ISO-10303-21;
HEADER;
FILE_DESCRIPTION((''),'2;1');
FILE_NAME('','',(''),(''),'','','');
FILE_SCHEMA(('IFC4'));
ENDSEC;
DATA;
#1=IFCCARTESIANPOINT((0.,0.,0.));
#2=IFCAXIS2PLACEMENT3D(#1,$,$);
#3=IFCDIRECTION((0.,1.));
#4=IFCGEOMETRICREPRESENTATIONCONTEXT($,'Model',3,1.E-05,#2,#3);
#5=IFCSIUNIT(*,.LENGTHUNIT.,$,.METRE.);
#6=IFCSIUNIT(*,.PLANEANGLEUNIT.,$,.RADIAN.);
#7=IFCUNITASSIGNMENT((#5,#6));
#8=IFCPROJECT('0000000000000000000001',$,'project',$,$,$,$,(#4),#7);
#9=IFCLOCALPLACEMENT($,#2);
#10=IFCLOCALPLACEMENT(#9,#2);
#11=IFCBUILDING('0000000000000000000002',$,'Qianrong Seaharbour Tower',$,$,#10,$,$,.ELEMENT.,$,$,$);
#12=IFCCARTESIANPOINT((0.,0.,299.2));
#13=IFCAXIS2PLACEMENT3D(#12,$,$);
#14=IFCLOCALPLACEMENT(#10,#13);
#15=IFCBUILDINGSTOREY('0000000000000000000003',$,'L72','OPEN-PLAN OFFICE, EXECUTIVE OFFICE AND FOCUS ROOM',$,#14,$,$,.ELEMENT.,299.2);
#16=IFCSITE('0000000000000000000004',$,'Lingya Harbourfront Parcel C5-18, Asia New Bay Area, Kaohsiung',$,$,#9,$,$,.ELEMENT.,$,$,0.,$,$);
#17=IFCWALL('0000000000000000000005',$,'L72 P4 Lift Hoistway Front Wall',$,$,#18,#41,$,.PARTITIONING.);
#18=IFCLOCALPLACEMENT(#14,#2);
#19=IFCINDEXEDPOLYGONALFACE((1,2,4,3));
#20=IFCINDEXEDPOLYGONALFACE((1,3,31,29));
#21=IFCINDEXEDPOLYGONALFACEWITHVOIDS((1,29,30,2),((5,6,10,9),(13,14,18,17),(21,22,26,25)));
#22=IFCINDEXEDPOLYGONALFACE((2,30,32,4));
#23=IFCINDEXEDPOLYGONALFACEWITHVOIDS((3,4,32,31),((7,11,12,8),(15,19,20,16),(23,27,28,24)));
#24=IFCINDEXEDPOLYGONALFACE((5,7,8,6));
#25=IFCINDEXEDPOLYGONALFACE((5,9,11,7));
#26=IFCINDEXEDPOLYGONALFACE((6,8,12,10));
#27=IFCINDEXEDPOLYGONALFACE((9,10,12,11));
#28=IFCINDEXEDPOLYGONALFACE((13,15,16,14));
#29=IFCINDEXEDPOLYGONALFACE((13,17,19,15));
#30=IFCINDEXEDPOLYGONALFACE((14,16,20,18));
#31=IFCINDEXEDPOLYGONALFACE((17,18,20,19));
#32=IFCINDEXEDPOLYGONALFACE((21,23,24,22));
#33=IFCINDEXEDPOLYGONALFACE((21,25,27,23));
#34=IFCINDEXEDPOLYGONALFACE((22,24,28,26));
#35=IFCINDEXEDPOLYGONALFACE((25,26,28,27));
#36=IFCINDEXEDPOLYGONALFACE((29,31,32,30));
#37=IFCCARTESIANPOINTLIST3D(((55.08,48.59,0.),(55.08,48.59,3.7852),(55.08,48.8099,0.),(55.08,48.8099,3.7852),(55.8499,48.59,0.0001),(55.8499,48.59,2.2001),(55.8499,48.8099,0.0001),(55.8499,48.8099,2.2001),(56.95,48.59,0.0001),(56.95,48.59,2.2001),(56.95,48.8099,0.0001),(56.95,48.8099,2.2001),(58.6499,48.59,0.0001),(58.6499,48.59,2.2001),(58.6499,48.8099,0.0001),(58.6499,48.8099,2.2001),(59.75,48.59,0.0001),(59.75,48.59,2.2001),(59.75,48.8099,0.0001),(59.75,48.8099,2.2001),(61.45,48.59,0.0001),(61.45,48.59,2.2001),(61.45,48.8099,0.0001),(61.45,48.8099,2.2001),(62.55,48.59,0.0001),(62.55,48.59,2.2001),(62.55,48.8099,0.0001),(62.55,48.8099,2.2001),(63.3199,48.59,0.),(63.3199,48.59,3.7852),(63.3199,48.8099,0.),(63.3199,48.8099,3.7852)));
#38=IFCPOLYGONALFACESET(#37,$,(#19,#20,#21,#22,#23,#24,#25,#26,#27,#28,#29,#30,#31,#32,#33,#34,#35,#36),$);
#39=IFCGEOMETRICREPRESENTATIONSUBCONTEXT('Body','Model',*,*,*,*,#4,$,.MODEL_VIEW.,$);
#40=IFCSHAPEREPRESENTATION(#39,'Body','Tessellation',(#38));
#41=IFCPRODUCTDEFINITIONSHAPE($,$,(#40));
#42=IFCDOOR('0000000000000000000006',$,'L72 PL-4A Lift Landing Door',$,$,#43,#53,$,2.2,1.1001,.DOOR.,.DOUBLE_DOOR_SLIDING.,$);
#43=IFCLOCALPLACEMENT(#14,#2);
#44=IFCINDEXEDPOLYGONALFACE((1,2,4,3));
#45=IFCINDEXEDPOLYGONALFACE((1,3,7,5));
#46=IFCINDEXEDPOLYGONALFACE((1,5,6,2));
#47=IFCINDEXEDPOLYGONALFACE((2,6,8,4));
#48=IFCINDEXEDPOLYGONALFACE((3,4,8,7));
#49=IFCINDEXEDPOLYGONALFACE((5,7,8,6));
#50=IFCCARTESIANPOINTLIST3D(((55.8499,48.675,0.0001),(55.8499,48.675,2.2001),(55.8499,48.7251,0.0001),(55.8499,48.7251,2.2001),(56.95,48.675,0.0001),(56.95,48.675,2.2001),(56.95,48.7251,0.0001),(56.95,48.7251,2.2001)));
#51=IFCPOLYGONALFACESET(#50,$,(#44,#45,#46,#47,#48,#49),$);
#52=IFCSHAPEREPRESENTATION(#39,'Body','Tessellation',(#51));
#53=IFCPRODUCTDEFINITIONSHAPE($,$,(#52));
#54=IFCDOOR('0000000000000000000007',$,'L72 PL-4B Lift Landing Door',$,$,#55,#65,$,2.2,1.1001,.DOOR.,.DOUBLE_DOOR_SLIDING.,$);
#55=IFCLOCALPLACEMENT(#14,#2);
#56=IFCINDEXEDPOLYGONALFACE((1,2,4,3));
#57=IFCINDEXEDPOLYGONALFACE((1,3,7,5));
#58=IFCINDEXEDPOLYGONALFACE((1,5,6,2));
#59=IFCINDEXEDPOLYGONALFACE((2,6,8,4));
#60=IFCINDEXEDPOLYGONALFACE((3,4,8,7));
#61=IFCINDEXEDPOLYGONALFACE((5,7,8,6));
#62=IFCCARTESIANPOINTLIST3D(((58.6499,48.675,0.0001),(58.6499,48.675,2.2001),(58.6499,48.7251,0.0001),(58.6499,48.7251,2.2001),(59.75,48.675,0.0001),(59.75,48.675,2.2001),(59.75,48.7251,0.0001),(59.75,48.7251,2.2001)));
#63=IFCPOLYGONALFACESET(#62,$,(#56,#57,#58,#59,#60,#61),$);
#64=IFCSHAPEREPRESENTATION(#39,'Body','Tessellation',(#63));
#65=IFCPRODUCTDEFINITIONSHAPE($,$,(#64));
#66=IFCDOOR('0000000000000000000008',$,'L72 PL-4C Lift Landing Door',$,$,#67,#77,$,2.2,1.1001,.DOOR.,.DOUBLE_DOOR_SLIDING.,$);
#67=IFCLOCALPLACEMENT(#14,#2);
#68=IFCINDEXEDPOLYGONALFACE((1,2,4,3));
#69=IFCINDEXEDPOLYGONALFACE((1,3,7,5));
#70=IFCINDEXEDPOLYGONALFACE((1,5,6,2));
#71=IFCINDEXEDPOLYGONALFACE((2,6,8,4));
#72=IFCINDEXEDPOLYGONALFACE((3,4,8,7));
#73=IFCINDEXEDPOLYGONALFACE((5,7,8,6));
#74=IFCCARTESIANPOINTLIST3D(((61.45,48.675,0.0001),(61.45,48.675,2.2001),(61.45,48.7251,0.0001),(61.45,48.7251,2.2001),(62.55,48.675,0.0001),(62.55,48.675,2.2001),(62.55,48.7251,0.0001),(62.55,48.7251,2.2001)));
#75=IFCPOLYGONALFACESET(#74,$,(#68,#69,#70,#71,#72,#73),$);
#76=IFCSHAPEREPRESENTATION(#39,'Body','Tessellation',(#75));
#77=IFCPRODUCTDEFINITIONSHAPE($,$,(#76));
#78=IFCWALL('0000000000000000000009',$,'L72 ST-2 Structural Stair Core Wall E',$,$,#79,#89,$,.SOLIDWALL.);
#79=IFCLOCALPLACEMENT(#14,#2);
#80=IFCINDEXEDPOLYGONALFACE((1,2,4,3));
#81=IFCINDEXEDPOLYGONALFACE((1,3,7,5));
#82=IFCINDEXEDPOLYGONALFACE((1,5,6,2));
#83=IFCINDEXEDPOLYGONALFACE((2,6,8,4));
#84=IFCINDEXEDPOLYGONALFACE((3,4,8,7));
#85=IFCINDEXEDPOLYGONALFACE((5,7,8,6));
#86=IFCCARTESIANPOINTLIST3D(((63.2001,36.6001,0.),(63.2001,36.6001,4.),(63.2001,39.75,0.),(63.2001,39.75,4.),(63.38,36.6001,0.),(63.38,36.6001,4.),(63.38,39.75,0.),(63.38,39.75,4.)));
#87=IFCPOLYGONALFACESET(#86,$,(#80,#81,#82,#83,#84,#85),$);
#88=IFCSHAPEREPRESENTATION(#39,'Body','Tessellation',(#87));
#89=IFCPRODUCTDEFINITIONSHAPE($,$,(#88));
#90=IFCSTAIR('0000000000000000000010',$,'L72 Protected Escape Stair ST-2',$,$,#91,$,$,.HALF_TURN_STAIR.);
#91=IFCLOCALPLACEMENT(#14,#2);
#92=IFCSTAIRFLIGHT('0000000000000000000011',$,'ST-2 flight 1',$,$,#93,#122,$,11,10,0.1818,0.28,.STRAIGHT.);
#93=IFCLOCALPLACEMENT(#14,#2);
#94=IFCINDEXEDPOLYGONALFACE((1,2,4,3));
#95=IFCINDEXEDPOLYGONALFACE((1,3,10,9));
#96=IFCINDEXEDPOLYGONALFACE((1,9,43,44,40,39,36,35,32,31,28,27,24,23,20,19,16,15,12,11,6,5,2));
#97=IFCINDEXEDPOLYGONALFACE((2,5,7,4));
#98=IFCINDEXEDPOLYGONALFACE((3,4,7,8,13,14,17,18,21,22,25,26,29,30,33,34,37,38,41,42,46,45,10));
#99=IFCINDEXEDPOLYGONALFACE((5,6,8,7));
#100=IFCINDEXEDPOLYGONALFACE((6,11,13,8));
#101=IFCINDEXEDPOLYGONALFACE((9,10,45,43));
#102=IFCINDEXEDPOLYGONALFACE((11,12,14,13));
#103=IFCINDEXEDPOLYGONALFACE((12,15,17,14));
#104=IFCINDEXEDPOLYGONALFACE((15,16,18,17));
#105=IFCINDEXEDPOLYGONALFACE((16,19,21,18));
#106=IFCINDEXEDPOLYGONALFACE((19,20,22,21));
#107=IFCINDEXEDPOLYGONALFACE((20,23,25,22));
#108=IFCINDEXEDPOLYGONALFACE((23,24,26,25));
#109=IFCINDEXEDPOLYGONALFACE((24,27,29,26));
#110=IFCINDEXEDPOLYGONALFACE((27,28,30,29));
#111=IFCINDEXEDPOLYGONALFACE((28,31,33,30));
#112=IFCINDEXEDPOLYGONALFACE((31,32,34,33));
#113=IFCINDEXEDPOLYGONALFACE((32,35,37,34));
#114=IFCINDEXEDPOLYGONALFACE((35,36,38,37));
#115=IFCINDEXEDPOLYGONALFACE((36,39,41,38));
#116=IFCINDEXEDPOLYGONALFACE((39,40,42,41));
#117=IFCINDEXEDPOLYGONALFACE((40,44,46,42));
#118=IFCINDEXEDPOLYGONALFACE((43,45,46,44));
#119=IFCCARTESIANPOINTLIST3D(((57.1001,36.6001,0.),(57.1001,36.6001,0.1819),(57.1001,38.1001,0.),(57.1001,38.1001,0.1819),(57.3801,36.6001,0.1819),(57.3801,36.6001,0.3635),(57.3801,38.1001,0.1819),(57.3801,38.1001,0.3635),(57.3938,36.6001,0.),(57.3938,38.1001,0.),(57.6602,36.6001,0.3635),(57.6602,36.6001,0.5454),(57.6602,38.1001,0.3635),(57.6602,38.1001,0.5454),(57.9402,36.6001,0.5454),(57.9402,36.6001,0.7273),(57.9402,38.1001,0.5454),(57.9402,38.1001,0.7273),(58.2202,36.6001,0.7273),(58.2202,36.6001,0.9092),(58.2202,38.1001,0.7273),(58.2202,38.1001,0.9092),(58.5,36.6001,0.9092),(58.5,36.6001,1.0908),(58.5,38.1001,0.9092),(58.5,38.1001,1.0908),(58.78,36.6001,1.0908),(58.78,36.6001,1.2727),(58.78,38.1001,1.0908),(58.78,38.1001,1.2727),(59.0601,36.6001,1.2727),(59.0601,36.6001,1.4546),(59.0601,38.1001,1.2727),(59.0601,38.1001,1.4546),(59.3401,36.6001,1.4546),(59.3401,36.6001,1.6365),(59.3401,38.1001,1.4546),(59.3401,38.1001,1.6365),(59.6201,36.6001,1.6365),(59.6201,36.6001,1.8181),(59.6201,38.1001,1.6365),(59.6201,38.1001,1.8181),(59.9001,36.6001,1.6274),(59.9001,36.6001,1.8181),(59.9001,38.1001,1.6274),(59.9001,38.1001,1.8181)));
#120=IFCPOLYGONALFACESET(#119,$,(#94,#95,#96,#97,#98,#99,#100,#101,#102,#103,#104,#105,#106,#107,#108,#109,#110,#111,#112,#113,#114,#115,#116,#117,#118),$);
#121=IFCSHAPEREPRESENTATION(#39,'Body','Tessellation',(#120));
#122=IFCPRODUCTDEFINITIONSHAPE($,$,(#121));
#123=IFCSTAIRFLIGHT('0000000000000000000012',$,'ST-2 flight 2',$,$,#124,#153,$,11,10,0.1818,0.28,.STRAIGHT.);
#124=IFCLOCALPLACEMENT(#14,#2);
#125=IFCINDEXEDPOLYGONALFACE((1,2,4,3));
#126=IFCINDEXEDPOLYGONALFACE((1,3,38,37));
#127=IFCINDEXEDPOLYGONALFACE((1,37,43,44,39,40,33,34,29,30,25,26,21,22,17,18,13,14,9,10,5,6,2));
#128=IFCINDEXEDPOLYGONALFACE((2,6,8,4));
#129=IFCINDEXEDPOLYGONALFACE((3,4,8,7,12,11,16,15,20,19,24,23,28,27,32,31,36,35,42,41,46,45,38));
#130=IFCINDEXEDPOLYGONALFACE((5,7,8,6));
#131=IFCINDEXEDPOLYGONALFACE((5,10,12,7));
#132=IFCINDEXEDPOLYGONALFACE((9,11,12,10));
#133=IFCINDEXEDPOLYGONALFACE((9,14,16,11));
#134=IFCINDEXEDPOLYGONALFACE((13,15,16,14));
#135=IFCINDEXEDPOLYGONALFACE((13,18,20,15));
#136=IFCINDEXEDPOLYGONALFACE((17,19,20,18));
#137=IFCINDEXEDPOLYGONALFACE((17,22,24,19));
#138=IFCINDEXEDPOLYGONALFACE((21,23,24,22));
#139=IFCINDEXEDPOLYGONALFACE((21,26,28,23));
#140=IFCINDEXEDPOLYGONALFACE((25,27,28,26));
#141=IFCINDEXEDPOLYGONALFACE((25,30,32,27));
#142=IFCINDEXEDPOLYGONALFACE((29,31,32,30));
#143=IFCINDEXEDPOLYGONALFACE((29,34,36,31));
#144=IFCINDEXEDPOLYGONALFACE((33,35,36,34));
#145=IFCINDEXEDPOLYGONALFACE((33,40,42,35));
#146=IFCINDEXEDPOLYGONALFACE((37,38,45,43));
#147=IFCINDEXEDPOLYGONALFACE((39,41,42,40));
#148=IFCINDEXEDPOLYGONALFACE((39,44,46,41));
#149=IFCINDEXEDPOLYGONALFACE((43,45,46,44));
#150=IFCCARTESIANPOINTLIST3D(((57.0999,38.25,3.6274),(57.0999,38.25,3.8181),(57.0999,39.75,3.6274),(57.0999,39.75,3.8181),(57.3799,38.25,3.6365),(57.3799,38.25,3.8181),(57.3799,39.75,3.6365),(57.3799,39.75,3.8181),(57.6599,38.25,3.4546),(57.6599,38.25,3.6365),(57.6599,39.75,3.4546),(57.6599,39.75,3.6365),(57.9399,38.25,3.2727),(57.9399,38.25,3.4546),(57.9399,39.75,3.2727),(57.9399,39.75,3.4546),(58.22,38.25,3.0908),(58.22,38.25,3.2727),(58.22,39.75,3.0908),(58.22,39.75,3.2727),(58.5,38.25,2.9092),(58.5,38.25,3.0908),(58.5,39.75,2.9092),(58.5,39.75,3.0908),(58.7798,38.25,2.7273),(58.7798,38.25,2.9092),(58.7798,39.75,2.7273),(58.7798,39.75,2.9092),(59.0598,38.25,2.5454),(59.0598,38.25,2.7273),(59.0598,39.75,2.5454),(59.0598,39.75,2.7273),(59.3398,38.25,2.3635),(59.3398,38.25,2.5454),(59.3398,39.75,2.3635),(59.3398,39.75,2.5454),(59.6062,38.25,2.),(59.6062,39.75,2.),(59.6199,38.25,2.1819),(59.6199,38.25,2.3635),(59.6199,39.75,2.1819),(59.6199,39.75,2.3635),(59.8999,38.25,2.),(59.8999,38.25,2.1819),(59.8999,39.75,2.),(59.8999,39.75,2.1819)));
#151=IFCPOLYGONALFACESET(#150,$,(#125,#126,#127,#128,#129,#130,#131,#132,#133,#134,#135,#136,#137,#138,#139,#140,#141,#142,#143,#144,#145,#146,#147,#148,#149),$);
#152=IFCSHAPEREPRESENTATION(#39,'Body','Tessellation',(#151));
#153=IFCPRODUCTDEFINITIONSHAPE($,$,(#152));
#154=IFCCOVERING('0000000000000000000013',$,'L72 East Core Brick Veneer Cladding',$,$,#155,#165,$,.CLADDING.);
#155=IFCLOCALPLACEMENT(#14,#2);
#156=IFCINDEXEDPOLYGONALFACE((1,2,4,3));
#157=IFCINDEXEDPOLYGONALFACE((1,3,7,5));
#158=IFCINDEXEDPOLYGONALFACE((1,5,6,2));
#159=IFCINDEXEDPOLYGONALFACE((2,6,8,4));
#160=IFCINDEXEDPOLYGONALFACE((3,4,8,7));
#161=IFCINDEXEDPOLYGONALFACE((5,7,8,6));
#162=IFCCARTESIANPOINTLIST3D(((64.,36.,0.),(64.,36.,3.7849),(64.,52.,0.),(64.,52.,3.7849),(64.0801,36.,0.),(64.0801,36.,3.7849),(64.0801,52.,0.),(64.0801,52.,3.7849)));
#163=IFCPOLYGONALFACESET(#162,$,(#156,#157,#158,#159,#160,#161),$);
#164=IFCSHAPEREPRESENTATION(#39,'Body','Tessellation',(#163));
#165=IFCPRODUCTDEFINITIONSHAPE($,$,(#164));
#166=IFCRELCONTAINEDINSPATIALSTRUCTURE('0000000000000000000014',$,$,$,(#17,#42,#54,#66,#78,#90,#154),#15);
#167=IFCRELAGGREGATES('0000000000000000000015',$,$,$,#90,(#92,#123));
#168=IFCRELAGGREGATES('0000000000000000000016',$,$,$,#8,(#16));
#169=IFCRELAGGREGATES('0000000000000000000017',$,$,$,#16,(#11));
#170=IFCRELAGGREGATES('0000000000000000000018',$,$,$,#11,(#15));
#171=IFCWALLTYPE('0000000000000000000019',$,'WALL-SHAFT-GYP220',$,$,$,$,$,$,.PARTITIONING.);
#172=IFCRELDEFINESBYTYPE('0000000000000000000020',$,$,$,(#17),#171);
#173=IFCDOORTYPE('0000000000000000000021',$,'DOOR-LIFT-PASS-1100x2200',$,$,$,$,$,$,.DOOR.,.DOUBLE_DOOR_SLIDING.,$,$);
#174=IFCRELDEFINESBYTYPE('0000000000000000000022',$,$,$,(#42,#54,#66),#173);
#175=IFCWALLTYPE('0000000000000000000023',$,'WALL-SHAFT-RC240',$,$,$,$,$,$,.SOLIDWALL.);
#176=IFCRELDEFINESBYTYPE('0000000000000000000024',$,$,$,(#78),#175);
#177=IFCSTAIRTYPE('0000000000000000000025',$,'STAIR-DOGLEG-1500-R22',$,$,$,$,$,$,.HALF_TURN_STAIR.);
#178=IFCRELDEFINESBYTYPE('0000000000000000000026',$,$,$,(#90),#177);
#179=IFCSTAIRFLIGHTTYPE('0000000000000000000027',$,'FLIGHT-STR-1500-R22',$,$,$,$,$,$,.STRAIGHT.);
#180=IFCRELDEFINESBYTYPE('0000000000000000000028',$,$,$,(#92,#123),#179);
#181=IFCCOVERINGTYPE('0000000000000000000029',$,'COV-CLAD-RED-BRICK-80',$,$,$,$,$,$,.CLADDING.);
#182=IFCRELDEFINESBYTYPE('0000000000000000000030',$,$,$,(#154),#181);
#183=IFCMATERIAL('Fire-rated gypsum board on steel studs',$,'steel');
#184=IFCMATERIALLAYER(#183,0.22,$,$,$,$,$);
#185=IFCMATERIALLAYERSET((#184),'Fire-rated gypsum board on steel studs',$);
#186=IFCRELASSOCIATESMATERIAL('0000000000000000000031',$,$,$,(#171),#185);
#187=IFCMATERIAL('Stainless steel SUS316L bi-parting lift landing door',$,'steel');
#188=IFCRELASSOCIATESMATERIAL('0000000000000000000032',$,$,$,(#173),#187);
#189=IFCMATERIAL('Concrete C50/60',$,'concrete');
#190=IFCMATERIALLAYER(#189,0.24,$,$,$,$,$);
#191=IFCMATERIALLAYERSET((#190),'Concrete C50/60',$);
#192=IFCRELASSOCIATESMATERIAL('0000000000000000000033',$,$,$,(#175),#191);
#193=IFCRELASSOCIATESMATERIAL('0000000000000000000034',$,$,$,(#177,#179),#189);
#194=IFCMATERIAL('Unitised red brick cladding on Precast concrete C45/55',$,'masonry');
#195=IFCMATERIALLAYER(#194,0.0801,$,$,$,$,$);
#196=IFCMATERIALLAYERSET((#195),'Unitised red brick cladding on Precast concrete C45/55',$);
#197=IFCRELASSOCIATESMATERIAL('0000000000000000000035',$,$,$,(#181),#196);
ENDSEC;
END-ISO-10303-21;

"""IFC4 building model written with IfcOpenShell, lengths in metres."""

from ifc_helpers import new_model, si_unit, direction, frame, frame_2d, origin, origin_2d, place, context, subcontext, project, spatial, polyline, rectangle, outline, extrude, material, layer, layer_set, type_object, element, fill, aggregate, save


model = new_model("IFC4")

# Units and contexts
model_context = context("Model", 3, precision=1e-05, world=origin(), true_north=direction((0.0, 1.0)))
body_context = subcontext(model_context, "Body", "Model", "MODEL_VIEW")
ifc_project = project(units=[si_unit("LENGTHUNIT", "METRE"), si_unit("PLANEANGLEUNIT", "RADIAN")], contexts=[model_context])

# Site, building, storey
site_placement = place(None, origin())
site = spatial("IfcSite", under=ifc_project, at=site_placement, Name="Lingya Harbourfront Parcel C5-18, Asia New Bay Area, Kaohsiung", CompositionType="ELEMENT", RefElevation=0.0)
building_placement = place(site_placement, origin())
building = spatial("IfcBuilding", under=site, at=building_placement, Name="Qianrong Seaharbour Tower", CompositionType="ELEMENT")
storey_placement = place(building_placement, frame((0.0, 0.0, 299.2)))
storey = spatial("IfcBuildingStorey", under=building, at=storey_placement, Name="L72", Description="OPEN-PLAN OFFICE, EXECUTIVE OFFICE AND FOCUS ROOM", CompositionType="ELEMENT", Elevation=299.2)

# Shared definitions
ifc_material_1 = material(Name="Concrete C50/60", Category="concrete")

# Shared definitions
ifc_material_2 = material(Name="Fire-rated gypsum board on steel studs", Category="steel")

# Wall, openings, doors
ifc_layer_1 = layer(ifc_material_2, 0.22)
ifc_layer_set_1 = layer_set([ifc_layer_1], Name="Fire-rated gypsum board on steel studs")
wall_type_1 = type_object("IfcWallType", Name="WALL-SHAFT-GYP220", PredefinedType="PARTITIONING", material=ifc_layer_set_1)
wall_1_placement = place(storey_placement, frame((63.3201, 48.7, 0.0), z_axis=(0.0, 0.0, 1.0), x_axis=(-1.0, 0.0, 0.0)))
wall_1 = element("IfcWall", 1, at=wall_1_placement, inside=storey, type_object=wall_type_1, Name="L72 P4 Lift Hoistway Front Wall", PredefinedType="PARTITIONING", context=body_context, shape_type="SweptSolid", body=[
    extrude(rectangle(XDim=8.24, YDim=0.22, at=frame_2d((4.1201, 0.0))), origin(), (0.0, 0.0, 1.0), 3.7852),
])
opening_1_placement = place(wall_1_placement, frame((6.3701, 0.0, 0.0)))
opening_1 = element("IfcOpeningElement", 2, at=opening_1_placement, cuts=wall_1, PredefinedType="OPENING", context=body_context, shape_type="SweptSolid", body=[
    extrude(rectangle(XDim=1.1001, YDim=2.2, at=frame_2d((0.55, 1.1001))), frame((0.0, 0.1201, 0.0), z_axis=(0.0, -1.0, 0.0), x_axis=(1.0, 0.0, 0.0)), (0.0, 0.0, 1.0), 0.24),
])
opening_2_placement = place(wall_1_placement, frame((3.5701, 0.0, 0.0)))
opening_2 = element("IfcOpeningElement", 3, at=opening_2_placement, cuts=wall_1, PredefinedType="OPENING", context=body_context, shape_type="SweptSolid", body=[
    extrude(rectangle(XDim=1.1001, YDim=2.2, at=frame_2d((0.55, 1.1001))), frame((0.0, 0.1201, 0.0), z_axis=(0.0, -1.0, 0.0), x_axis=(1.0, 0.0, 0.0)), (0.0, 0.0, 1.0), 0.24),
])
opening_3_placement = place(wall_1_placement, frame((0.77, 0.0, 0.0)))
opening_3 = element("IfcOpeningElement", 4, at=opening_3_placement, cuts=wall_1, PredefinedType="OPENING", context=body_context, shape_type="SweptSolid", body=[
    extrude(rectangle(XDim=1.1001, YDim=2.2, at=frame_2d((0.55, 1.1001))), frame((0.0, 0.1201, 0.0), z_axis=(0.0, -1.0, 0.0), x_axis=(1.0, 0.0, 0.0)), (0.0, 0.0, 1.0), 0.24),
])
ifc_material_3 = material(Name="Stainless steel SUS316L bi-parting lift landing door", Category="steel")
door_type_1 = type_object("IfcDoorType", Name="DOOR-LIFT-PASS-1100x2200", OperationType="DOUBLE_DOOR_SLIDING", PredefinedType="DOOR", material=ifc_material_3)
door_1_placement = place(opening_1_placement, origin())
door_1 = element("IfcDoor", 5, at=door_1_placement, inside=storey, type_object=door_type_1, Name="L72 PL-4A Lift Landing Door", OperationType="DOUBLE_DOOR_SLIDING", OverallHeight=2.2, OverallWidth=1.1001, PredefinedType="DOOR", context=body_context, shape_type="SweptSolid", body=[
    extrude(rectangle(XDim=1.1001, YDim=2.2, at=frame_2d((0.55, 1.1001))), frame((0.0, 0.0249, 0.0), z_axis=(0.0, -1.0, 0.0), x_axis=(1.0, 0.0, 0.0)), (0.0, 0.0, 1.0), 0.05),
])
fill(opening_1, door_1)
door_2_placement = place(opening_2_placement, origin())
door_2 = element("IfcDoor", 6, at=door_2_placement, inside=storey, type_object=door_type_1, Name="L72 PL-4B Lift Landing Door", OperationType="DOUBLE_DOOR_SLIDING", OverallHeight=2.2, OverallWidth=1.1001, PredefinedType="DOOR", context=body_context, shape_type="SweptSolid", body=[
    extrude(rectangle(XDim=1.1001, YDim=2.2, at=frame_2d((0.55, 1.1001))), frame((0.0, 0.0249, 0.0), z_axis=(0.0, -1.0, 0.0), x_axis=(1.0, 0.0, 0.0)), (0.0, 0.0, 1.0), 0.05),
])
fill(opening_2, door_2)
door_3_placement = place(opening_3_placement, origin())
door_3 = element("IfcDoor", 7, at=door_3_placement, inside=storey, type_object=door_type_1, Name="L72 PL-4C Lift Landing Door", OperationType="DOUBLE_DOOR_SLIDING", OverallHeight=2.2, OverallWidth=1.1001, PredefinedType="DOOR", context=body_context, shape_type="SweptSolid", body=[
    extrude(rectangle(XDim=1.1001, YDim=2.2, at=frame_2d((0.55, 1.1001))), frame((0.0, 0.0249, 0.0), z_axis=(0.0, -1.0, 0.0), x_axis=(1.0, 0.0, 0.0)), (0.0, 0.0, 1.0), 0.05),
])
fill(opening_3, door_3)

# Wall
ifc_layer_2 = layer(ifc_material_1, 0.24)
ifc_layer_set_2 = layer_set([ifc_layer_2], Name="Concrete C50/60")
wall_type_2 = type_object("IfcWallType", Name="WALL-SHAFT-RC240", PredefinedType="SOLIDWALL", material=ifc_layer_set_2)
wall_2_placement = place(storey_placement, frame((63.29, 36.6001, 0.0), z_axis=(0.0, 0.0, 1.0), x_axis=(0.0, 1.0, 0.0)))
element("IfcWall", 8, at=wall_2_placement, inside=storey, type_object=wall_type_2, Name="L72 ST-2 Structural Stair Core Wall E", PredefinedType="SOLIDWALL", context=body_context, shape_type="SweptSolid", body=[
    extrude(rectangle(XDim=3.1499, YDim=0.1799, at=frame_2d((1.575, 0.0))), origin(), (0.0, 0.0, 1.0), 4.0),
])

# Stair, stair flights
stair_type = type_object("IfcStairType", Name="STAIR-DOGLEG-1500-R22", PredefinedType="HALF_TURN_STAIR", material=ifc_material_1)
stair_placement = place(storey_placement, origin())
stair = element("IfcStair", 9, at=stair_placement, inside=storey, type_object=stair_type, Name="L72 Protected Escape Stair ST-2", PredefinedType="HALF_TURN_STAIR")
stair_flight_type = type_object("IfcStairFlightType", Name="FLIGHT-STR-1500-R22", PredefinedType="STRAIGHT", material=ifc_material_1)
stair_flight_1_placement = place(storey_placement, frame((57.1001, 37.3501, 0.0), z_axis=(0.0, 0.0, 1.0), x_axis=(1.0, 0.0, 0.0)))
stair_flight_1 = element("IfcStairFlight", 10, at=stair_flight_1_placement, type_object=stair_flight_type, Name="ST-2 flight 1", NumberOfRisers=11, NumberOfTreads=10, PredefinedType="STRAIGHT", RiserHeight=0.1818, TreadLength=0.28, context=body_context, shape_type="SweptSolid", body=[
    extrude(outline(polyline([(0.0, 0.0), (0.0, 0.1819), (0.28, 0.1819), (0.28, 0.3635), (0.5601, 0.3635), (0.5601, 0.5454), (0.8401, 0.5454), (0.8401, 0.7273), (1.1201, 0.7273), (1.1201, 0.9092), (1.3999, 0.9092), (1.3999, 1.0908), (1.6799, 1.0908), (1.6799, 1.2727), (1.96, 1.2727), (1.96, 1.4546), (2.24, 1.4546), (2.24, 1.6365), (2.52, 1.6365), (2.52, 1.8181), (2.8, 1.8181), (2.8, 2.0), (2.8, 1.6274), (0.2937, 0.0), (0.0, 0.0)])), frame((0.0, 0.75, 0.0), z_axis=(0.0, -1.0, 0.0), x_axis=(1.0, 0.0, 0.0)), (0.0, 0.0, 1.0), 1.5),
])
stair_flight_2_placement = place(storey_placement, frame((59.8999, 39.0, 2.0), z_axis=(0.0, 0.0, 1.0), x_axis=(-1.0, 0.0, 0.0)))
stair_flight_2 = element("IfcStairFlight", 11, at=stair_flight_2_placement, type_object=stair_flight_type, Name="ST-2 flight 2", NumberOfRisers=11, NumberOfTreads=10, PredefinedType="STRAIGHT", RiserHeight=0.1818, TreadLength=0.28, context=body_context, shape_type="SweptSolid", body=[
    extrude(outline(polyline([(0.0, 0.0), (0.0, 0.1819), (0.28, 0.1819), (0.28, 0.3635), (0.5601, 0.3635), (0.5601, 0.5454), (0.8401, 0.5454), (0.8401, 0.7273), (1.1201, 0.7273), (1.1201, 0.9092), (1.3999, 0.9092), (1.3999, 1.0908), (1.6799, 1.0908), (1.6799, 1.2727), (1.96, 1.2727), (1.96, 1.4546), (2.24, 1.4546), (2.24, 1.6365), (2.52, 1.6365), (2.52, 1.8181), (2.8, 1.8181), (2.8, 2.0), (2.8, 1.6274), (0.2937, 0.0), (0.0, 0.0)])), frame((0.0, 0.75, 0.0), z_axis=(0.0, -1.0, 0.0), x_axis=(1.0, 0.0, 0.0)), (0.0, 0.0, 1.0), 1.5),
])
aggregate(stair, [stair_flight_1, stair_flight_2])

# Covering
ifc_material_4 = material(Name="Unitised red brick cladding on Precast concrete C45/55", Category="masonry")
ifc_layer_3 = layer(ifc_material_4, 0.0801)
ifc_layer_set_3 = layer_set([ifc_layer_3], Name="Unitised red brick cladding on Precast concrete C45/55")
covering_type = type_object("IfcCoveringType", Name="COV-CLAD-RED-BRICK-80", PredefinedType="CLADDING", material=ifc_layer_set_3)
covering_placement = place(storey_placement, frame((64.04, 44.0, 0.0), z_axis=(0.0, 0.0, 1.0), x_axis=(1.0, 0.0, 0.0)))
element("IfcCovering", 12, at=covering_placement, inside=storey, type_object=covering_type, Name="L72 East Core Brick Veneer Cladding", PredefinedType="CLADDING", context=body_context, shape_type="SweptSolid", body=[
    extrude(rectangle(XDim=0.0801, YDim=16.0, at=origin_2d()), origin(), (0.0, 0.0, 1.0), 3.7849),
])

save(model, "model.ifc")
